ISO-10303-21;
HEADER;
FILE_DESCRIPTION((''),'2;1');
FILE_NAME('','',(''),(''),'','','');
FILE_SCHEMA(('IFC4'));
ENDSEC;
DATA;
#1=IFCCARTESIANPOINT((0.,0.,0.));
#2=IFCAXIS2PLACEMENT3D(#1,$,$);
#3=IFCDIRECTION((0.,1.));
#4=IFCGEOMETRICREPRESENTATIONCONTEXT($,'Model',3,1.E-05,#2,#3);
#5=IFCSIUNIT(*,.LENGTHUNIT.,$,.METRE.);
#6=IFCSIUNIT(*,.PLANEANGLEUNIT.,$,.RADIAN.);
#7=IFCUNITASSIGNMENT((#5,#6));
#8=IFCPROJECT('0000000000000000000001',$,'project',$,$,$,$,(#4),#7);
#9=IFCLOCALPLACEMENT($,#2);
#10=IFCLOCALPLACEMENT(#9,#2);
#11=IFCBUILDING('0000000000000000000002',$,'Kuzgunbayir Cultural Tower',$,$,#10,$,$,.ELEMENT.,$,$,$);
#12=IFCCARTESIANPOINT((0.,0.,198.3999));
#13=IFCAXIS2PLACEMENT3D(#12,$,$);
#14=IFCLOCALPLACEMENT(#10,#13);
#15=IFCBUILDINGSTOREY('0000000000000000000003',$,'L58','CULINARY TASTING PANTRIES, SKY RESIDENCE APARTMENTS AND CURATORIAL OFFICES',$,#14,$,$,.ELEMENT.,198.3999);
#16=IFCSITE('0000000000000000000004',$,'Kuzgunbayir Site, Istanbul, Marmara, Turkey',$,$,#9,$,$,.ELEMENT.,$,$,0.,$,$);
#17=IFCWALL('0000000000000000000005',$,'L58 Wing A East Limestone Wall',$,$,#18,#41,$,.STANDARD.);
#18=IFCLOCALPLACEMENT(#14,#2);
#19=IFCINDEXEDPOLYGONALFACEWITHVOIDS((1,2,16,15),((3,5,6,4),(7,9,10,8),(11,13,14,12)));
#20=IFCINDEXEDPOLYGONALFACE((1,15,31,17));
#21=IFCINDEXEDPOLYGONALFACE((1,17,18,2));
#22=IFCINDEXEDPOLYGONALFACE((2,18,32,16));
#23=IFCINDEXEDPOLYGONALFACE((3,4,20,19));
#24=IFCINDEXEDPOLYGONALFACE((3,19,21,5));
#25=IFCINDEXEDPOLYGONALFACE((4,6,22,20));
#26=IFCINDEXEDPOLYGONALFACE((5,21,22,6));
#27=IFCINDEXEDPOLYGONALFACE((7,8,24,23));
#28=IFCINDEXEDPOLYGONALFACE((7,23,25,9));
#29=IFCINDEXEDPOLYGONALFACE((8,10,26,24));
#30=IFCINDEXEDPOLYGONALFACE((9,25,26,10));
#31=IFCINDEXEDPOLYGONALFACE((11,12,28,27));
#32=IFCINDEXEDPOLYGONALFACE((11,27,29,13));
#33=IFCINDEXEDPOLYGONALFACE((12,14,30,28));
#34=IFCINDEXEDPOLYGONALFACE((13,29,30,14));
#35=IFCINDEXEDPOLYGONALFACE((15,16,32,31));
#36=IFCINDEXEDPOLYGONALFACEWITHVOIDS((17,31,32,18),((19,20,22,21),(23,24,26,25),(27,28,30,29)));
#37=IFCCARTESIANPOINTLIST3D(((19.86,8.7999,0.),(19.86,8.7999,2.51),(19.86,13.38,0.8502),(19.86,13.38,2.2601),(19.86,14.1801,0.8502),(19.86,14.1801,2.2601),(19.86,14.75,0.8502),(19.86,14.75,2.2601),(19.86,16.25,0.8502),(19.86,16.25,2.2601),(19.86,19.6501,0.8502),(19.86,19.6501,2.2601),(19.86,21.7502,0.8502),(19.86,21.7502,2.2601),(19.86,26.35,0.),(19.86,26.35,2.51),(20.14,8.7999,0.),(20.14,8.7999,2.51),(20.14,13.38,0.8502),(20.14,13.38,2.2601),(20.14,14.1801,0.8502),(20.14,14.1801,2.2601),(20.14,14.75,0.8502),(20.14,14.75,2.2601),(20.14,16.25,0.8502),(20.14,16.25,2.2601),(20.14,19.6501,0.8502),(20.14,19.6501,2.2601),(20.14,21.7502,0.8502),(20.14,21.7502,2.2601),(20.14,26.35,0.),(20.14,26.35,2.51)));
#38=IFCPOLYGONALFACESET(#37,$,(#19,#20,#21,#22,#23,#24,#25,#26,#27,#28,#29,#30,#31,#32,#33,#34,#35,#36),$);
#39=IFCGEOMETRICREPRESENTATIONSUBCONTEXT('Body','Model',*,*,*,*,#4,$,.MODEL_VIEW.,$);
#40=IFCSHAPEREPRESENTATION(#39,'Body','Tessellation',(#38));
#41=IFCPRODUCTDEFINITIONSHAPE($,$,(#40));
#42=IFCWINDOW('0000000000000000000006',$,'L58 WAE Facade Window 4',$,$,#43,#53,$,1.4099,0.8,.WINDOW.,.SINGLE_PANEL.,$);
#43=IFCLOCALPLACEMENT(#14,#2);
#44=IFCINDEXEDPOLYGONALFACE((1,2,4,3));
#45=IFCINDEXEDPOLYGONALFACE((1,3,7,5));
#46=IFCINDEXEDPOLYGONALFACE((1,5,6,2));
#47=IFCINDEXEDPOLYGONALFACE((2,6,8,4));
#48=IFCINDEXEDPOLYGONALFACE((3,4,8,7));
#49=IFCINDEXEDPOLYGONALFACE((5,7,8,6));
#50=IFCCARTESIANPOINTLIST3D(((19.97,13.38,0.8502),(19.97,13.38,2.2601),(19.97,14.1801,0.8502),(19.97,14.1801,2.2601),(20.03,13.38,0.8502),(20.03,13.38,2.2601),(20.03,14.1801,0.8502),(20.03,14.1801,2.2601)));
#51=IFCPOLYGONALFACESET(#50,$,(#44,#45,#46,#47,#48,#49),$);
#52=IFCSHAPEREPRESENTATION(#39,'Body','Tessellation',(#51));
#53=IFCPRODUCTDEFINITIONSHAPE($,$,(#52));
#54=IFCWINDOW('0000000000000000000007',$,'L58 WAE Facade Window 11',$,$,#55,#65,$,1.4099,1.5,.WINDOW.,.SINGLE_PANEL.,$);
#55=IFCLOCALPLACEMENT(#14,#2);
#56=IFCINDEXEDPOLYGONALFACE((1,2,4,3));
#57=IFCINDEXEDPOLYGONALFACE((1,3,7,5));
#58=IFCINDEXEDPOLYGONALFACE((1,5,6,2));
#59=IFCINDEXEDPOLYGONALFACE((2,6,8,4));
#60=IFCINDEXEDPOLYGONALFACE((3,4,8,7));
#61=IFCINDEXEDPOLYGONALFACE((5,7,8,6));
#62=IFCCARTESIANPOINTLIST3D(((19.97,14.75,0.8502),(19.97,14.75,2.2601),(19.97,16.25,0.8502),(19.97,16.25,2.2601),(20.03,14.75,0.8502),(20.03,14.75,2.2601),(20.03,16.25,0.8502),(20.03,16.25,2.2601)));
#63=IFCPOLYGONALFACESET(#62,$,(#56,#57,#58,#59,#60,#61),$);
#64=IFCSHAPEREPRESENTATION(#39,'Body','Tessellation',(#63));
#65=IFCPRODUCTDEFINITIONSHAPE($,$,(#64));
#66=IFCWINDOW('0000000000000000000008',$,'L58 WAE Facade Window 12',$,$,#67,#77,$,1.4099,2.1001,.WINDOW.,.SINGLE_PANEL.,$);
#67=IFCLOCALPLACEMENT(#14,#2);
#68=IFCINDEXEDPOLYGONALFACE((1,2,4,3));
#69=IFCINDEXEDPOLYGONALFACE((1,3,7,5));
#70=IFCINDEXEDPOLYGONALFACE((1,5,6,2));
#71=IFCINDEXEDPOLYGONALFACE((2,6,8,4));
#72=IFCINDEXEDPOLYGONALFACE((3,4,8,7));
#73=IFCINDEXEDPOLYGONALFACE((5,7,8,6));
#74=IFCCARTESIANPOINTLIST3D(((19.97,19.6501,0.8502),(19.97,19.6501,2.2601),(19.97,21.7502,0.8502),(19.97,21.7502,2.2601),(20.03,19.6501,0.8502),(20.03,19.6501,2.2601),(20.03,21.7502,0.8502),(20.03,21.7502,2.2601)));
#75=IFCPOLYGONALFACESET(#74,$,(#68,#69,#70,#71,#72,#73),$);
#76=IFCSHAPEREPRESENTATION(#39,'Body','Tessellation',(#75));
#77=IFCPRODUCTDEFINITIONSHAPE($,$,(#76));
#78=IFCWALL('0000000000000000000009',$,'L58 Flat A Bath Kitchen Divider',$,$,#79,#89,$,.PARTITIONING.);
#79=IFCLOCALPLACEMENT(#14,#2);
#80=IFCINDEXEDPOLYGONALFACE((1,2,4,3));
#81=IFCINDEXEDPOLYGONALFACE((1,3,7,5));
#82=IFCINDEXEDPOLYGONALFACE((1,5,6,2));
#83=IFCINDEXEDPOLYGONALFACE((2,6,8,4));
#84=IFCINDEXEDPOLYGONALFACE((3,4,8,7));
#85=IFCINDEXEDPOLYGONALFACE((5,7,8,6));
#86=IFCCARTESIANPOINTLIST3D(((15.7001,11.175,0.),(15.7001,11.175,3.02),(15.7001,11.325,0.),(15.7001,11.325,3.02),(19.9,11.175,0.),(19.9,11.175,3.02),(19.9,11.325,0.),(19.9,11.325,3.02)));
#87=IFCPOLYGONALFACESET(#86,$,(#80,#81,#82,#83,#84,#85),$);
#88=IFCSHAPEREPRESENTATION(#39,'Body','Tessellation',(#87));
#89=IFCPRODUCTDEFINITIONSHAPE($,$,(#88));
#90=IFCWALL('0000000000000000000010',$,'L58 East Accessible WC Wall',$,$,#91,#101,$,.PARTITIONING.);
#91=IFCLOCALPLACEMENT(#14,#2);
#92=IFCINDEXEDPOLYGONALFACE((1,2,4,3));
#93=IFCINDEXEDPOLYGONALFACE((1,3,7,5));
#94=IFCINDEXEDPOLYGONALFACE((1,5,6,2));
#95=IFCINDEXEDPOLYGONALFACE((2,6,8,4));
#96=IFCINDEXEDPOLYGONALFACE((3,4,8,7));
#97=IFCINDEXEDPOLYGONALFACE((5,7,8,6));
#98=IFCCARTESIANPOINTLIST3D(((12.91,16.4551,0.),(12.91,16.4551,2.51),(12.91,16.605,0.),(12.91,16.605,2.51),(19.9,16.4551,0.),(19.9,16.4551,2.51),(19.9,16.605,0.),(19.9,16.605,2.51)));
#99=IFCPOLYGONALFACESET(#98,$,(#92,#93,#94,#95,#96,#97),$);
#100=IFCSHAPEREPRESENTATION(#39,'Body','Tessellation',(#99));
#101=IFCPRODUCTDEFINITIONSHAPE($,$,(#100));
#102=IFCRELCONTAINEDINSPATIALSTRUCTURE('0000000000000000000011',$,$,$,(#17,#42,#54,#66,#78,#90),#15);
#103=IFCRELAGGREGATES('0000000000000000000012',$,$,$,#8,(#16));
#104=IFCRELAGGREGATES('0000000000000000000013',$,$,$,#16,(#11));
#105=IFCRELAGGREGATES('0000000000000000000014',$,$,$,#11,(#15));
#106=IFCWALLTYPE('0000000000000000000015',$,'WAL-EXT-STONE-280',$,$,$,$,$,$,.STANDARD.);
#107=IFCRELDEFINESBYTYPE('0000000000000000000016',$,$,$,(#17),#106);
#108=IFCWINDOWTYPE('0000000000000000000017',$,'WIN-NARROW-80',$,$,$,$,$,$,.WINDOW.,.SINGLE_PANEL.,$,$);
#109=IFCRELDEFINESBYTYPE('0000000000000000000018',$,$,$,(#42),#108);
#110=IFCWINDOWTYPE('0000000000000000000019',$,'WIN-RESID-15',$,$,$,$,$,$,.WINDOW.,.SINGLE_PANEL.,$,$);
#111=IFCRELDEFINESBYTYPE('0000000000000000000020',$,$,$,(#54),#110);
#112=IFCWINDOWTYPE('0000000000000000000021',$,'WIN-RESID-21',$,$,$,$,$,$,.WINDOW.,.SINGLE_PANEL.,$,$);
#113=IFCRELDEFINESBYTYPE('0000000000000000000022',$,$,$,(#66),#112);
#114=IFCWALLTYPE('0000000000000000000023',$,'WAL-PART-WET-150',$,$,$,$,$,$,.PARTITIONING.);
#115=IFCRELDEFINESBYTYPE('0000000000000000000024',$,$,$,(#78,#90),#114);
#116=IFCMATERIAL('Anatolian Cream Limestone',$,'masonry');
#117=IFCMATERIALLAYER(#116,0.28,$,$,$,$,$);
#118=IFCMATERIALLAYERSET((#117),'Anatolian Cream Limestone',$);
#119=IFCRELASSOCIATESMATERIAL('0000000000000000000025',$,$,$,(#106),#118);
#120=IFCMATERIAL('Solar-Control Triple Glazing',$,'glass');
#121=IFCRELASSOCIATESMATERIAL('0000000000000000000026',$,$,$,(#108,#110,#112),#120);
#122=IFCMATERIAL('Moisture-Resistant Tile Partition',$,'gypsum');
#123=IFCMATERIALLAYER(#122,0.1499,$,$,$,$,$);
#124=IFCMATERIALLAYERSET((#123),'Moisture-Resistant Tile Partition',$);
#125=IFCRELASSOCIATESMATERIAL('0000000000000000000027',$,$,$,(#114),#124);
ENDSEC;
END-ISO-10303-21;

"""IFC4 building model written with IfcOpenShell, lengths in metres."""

from ifc_helpers import new_model, si_unit, direction, frame, frame_2d, origin, place, context, subcontext, project, spatial, rectangle, extrude, material, layer, layer_set, type_object, element, fill, save


model = new_model("IFC4")

# Units and contexts
model_context = context("Model", 3, precision=1e-05, world=origin(), true_north=direction((0.0, 1.0)))
body_context = subcontext(model_context, "Body", "Model", "MODEL_VIEW")
ifc_project = project(units=[si_unit("LENGTHUNIT", "METRE"), si_unit("PLANEANGLEUNIT", "RADIAN")], contexts=[model_context])

# Site, building, storey
site_placement = place(None, origin())
site = spatial("IfcSite", under=ifc_project, at=site_placement, Name="Kuzgunbayir Site, Istanbul, Marmara, Turkey", CompositionType="ELEMENT", RefElevation=0.0)
building_placement = place(site_placement, origin())
building = spatial("IfcBuilding", under=site, at=building_placement, Name="Kuzgunbayir Cultural Tower", CompositionType="ELEMENT")
storey_placement = place(building_placement, frame((0.0, 0.0, 198.3999)))
storey = spatial("IfcBuildingStorey", under=building, at=storey_placement, Name="L58", Description="CULINARY TASTING PANTRIES, SKY RESIDENCE APARTMENTS AND CURATORIAL OFFICES", CompositionType="ELEMENT", Elevation=198.3999)

# Wall, openings, windows
ifc_material_1 = material(Name="Anatolian Cream Limestone", Category="masonry")
ifc_layer_1 = layer(ifc_material_1, 0.28)
ifc_layer_set_1 = layer_set([ifc_layer_1], Name="Anatolian Cream Limestone")
wall_type_1 = type_object("IfcWallType", Name="WAL-EXT-STONE-280", PredefinedType="STANDARD", material=ifc_layer_set_1)
wall_1_placement = place(storey_placement, frame((20.0, 8.8, 0.0), z_axis=(0.0, 0.0, 1.0), x_axis=(0.0, 1.0, 0.0)))
wall_1 = element("IfcWall", 1, at=wall_1_placement, inside=storey, type_object=wall_type_1, Name="L58 Wing A East Limestone Wall", PredefinedType="STANDARD", context=body_context, shape_type="SweptSolid", body=[
    extrude(rectangle(XDim=17.55, YDim=0.28, at=frame_2d((8.7749, 0.0))), origin(), (0.0, 0.0, 1.0), 2.51),
])
opening_1_placement = place(wall_1_placement, frame((4.5801, 0.0, 0.8501)))
opening_1 = element("IfcOpeningElement", 2, at=opening_1_placement, cuts=wall_1, PredefinedType="OPENING", context=body_context, shape_type="SweptSolid", body=[
    extrude(rectangle(XDim=0.8, YDim=1.4099, at=frame_2d((0.3999, 0.7051))), frame((0.0, 0.1499, 0.0), z_axis=(0.0, -1.0, 0.0), x_axis=(1.0, 0.0, 0.0)), (0.0, 0.0, 1.0), 0.3),
])
opening_2_placement = place(wall_1_placement, frame((5.95, 0.0, 0.8501)))
opening_2 = element("IfcOpeningElement", 3, at=opening_2_placement, cuts=wall_1, PredefinedType="OPENING", context=body_context, shape_type="SweptSolid", body=[
    extrude(rectangle(XDim=1.5, YDim=1.4099, at=frame_2d((0.75, 0.7051))), frame((0.0, 0.1499, 0.0), z_axis=(0.0, -1.0, 0.0), x_axis=(1.0, 0.0, 0.0)), (0.0, 0.0, 1.0), 0.3),
])
opening_3_placement = place(wall_1_placement, frame((10.8501, 0.0, 0.8501)))
opening_3 = element("IfcOpeningElement", 4, at=opening_3_placement, cuts=wall_1, PredefinedType="OPENING", context=body_context, shape_type="SweptSolid", body=[
    extrude(rectangle(XDim=2.1001, YDim=1.4099, at=frame_2d((1.05, 0.7051))), frame((0.0, 0.1499, 0.0), z_axis=(0.0, -1.0, 0.0), x_axis=(1.0, 0.0, 0.0)), (0.0, 0.0, 1.0), 0.3),
])
ifc_material_2 = material(Name="Solar-Control Triple Glazing", Category="glass")
window_type_1 = type_object("IfcWindowType", Name="WIN-NARROW-80", PartitioningType="SINGLE_PANEL", PredefinedType="WINDOW", material=ifc_material_2)
window_1_placement = place(opening_1_placement, origin())
window_1 = element("IfcWindow", 5, at=window_1_placement, inside=storey, type_object=window_type_1, Name="L58 WAE Facade Window 4", OverallHeight=1.4099, OverallWidth=0.8, PartitioningType="SINGLE_PANEL", PredefinedType="WINDOW", context=body_context, shape_type="SweptSolid", body=[
    extrude(rectangle(XDim=0.8, YDim=1.4099, at=frame_2d((0.3999, 0.7051))), frame((0.0, 0.03, 0.0), z_axis=(0.0, -1.0, 0.0), x_axis=(1.0, 0.0, 0.0)), (0.0, 0.0, 1.0), 0.0601),
])
fill(opening_1, window_1)
window_type_2 = type_object("IfcWindowType", Name="WIN-RESID-15", PartitioningType="SINGLE_PANEL", PredefinedType="WINDOW", material=ifc_material_2)
window_2_placement = place(opening_2_placement, origin())
window_2 = element("IfcWindow", 6, at=window_2_placement, inside=storey, type_object=window_type_2, Name="L58 WAE Facade Window 11", OverallHeight=1.4099, OverallWidth=1.5, PartitioningType="SINGLE_PANEL", PredefinedType="WINDOW", context=body_context, shape_type="SweptSolid", body=[
    extrude(rectangle(XDim=1.5, YDim=1.4099, at=frame_2d((0.75, 0.7051))), frame((0.0, 0.03, 0.0), z_axis=(0.0, -1.0, 0.0), x_axis=(1.0, 0.0, 0.0)), (0.0, 0.0, 1.0), 0.0601),
])
fill(opening_2, window_2)
window_type_3 = type_object("IfcWindowType", Name="WIN-RESID-21", PartitioningType="SINGLE_PANEL", PredefinedType="WINDOW", material=ifc_material_2)
window_3_placement = place(opening_3_placement, origin())
window_3 = element("IfcWindow", 7, at=window_3_placement, inside=storey, type_object=window_type_3, Name="L58 WAE Facade Window 12", OverallHeight=1.4099, OverallWidth=2.1001, PartitioningType="SINGLE_PANEL", PredefinedType="WINDOW", context=body_context, shape_type="SweptSolid", body=[
    extrude(rectangle(XDim=2.1001, YDim=1.4099, at=frame_2d((1.05, 0.7051))), frame((0.0, 0.03, 0.0), z_axis=(0.0, -1.0, 0.0), x_axis=(1.0, 0.0, 0.0)), (0.0, 0.0, 1.0), 0.0601),
])
fill(opening_3, window_3)

# Shared definitions
ifc_material_3 = material(Name="Moisture-Resistant Tile Partition", Category="gypsum")
ifc_layer_2 = layer(ifc_material_3, 0.1499)
ifc_layer_set_2 = layer_set([ifc_layer_2], Name="Moisture-Resistant Tile Partition")
wall_type_2 = type_object("IfcWallType", Name="WAL-PART-WET-150", PredefinedType="PARTITIONING", material=ifc_layer_set_2)

# Walls
wall_2_placement = place(storey_placement, frame((15.7, 11.25, 0.0), z_axis=(0.0, 0.0, 1.0), x_axis=(1.0, 0.0, 0.0)))
element("IfcWall", 8, at=wall_2_placement, inside=storey, type_object=wall_type_2, Name="L58 Flat A Bath Kitchen Divider", PredefinedType="PARTITIONING", context=body_context, shape_type="SweptSolid", body=[
    extrude(rectangle(XDim=4.2, YDim=0.1499, at=frame_2d((2.1001, 0.0))), origin(), (0.0, 0.0, 1.0), 3.02),
])
wall_3_placement = place(storey_placement, frame((12.9099, 16.53, 0.0), z_axis=(0.0, 0.0, 1.0), x_axis=(1.0, 0.0, 0.0)))
element("IfcWall", 9, at=wall_3_placement, inside=storey, type_object=wall_type_2, Name="L58 East Accessible WC Wall", PredefinedType="PARTITIONING", context=body_context, shape_type="SweptSolid", body=[
    extrude(rectangle(XDim=6.99, YDim=0.1499, at=frame_2d((3.4951, 0.0))), origin(), (0.0, 0.0, 1.0), 2.51),
])

save(model, "model.ifc")
